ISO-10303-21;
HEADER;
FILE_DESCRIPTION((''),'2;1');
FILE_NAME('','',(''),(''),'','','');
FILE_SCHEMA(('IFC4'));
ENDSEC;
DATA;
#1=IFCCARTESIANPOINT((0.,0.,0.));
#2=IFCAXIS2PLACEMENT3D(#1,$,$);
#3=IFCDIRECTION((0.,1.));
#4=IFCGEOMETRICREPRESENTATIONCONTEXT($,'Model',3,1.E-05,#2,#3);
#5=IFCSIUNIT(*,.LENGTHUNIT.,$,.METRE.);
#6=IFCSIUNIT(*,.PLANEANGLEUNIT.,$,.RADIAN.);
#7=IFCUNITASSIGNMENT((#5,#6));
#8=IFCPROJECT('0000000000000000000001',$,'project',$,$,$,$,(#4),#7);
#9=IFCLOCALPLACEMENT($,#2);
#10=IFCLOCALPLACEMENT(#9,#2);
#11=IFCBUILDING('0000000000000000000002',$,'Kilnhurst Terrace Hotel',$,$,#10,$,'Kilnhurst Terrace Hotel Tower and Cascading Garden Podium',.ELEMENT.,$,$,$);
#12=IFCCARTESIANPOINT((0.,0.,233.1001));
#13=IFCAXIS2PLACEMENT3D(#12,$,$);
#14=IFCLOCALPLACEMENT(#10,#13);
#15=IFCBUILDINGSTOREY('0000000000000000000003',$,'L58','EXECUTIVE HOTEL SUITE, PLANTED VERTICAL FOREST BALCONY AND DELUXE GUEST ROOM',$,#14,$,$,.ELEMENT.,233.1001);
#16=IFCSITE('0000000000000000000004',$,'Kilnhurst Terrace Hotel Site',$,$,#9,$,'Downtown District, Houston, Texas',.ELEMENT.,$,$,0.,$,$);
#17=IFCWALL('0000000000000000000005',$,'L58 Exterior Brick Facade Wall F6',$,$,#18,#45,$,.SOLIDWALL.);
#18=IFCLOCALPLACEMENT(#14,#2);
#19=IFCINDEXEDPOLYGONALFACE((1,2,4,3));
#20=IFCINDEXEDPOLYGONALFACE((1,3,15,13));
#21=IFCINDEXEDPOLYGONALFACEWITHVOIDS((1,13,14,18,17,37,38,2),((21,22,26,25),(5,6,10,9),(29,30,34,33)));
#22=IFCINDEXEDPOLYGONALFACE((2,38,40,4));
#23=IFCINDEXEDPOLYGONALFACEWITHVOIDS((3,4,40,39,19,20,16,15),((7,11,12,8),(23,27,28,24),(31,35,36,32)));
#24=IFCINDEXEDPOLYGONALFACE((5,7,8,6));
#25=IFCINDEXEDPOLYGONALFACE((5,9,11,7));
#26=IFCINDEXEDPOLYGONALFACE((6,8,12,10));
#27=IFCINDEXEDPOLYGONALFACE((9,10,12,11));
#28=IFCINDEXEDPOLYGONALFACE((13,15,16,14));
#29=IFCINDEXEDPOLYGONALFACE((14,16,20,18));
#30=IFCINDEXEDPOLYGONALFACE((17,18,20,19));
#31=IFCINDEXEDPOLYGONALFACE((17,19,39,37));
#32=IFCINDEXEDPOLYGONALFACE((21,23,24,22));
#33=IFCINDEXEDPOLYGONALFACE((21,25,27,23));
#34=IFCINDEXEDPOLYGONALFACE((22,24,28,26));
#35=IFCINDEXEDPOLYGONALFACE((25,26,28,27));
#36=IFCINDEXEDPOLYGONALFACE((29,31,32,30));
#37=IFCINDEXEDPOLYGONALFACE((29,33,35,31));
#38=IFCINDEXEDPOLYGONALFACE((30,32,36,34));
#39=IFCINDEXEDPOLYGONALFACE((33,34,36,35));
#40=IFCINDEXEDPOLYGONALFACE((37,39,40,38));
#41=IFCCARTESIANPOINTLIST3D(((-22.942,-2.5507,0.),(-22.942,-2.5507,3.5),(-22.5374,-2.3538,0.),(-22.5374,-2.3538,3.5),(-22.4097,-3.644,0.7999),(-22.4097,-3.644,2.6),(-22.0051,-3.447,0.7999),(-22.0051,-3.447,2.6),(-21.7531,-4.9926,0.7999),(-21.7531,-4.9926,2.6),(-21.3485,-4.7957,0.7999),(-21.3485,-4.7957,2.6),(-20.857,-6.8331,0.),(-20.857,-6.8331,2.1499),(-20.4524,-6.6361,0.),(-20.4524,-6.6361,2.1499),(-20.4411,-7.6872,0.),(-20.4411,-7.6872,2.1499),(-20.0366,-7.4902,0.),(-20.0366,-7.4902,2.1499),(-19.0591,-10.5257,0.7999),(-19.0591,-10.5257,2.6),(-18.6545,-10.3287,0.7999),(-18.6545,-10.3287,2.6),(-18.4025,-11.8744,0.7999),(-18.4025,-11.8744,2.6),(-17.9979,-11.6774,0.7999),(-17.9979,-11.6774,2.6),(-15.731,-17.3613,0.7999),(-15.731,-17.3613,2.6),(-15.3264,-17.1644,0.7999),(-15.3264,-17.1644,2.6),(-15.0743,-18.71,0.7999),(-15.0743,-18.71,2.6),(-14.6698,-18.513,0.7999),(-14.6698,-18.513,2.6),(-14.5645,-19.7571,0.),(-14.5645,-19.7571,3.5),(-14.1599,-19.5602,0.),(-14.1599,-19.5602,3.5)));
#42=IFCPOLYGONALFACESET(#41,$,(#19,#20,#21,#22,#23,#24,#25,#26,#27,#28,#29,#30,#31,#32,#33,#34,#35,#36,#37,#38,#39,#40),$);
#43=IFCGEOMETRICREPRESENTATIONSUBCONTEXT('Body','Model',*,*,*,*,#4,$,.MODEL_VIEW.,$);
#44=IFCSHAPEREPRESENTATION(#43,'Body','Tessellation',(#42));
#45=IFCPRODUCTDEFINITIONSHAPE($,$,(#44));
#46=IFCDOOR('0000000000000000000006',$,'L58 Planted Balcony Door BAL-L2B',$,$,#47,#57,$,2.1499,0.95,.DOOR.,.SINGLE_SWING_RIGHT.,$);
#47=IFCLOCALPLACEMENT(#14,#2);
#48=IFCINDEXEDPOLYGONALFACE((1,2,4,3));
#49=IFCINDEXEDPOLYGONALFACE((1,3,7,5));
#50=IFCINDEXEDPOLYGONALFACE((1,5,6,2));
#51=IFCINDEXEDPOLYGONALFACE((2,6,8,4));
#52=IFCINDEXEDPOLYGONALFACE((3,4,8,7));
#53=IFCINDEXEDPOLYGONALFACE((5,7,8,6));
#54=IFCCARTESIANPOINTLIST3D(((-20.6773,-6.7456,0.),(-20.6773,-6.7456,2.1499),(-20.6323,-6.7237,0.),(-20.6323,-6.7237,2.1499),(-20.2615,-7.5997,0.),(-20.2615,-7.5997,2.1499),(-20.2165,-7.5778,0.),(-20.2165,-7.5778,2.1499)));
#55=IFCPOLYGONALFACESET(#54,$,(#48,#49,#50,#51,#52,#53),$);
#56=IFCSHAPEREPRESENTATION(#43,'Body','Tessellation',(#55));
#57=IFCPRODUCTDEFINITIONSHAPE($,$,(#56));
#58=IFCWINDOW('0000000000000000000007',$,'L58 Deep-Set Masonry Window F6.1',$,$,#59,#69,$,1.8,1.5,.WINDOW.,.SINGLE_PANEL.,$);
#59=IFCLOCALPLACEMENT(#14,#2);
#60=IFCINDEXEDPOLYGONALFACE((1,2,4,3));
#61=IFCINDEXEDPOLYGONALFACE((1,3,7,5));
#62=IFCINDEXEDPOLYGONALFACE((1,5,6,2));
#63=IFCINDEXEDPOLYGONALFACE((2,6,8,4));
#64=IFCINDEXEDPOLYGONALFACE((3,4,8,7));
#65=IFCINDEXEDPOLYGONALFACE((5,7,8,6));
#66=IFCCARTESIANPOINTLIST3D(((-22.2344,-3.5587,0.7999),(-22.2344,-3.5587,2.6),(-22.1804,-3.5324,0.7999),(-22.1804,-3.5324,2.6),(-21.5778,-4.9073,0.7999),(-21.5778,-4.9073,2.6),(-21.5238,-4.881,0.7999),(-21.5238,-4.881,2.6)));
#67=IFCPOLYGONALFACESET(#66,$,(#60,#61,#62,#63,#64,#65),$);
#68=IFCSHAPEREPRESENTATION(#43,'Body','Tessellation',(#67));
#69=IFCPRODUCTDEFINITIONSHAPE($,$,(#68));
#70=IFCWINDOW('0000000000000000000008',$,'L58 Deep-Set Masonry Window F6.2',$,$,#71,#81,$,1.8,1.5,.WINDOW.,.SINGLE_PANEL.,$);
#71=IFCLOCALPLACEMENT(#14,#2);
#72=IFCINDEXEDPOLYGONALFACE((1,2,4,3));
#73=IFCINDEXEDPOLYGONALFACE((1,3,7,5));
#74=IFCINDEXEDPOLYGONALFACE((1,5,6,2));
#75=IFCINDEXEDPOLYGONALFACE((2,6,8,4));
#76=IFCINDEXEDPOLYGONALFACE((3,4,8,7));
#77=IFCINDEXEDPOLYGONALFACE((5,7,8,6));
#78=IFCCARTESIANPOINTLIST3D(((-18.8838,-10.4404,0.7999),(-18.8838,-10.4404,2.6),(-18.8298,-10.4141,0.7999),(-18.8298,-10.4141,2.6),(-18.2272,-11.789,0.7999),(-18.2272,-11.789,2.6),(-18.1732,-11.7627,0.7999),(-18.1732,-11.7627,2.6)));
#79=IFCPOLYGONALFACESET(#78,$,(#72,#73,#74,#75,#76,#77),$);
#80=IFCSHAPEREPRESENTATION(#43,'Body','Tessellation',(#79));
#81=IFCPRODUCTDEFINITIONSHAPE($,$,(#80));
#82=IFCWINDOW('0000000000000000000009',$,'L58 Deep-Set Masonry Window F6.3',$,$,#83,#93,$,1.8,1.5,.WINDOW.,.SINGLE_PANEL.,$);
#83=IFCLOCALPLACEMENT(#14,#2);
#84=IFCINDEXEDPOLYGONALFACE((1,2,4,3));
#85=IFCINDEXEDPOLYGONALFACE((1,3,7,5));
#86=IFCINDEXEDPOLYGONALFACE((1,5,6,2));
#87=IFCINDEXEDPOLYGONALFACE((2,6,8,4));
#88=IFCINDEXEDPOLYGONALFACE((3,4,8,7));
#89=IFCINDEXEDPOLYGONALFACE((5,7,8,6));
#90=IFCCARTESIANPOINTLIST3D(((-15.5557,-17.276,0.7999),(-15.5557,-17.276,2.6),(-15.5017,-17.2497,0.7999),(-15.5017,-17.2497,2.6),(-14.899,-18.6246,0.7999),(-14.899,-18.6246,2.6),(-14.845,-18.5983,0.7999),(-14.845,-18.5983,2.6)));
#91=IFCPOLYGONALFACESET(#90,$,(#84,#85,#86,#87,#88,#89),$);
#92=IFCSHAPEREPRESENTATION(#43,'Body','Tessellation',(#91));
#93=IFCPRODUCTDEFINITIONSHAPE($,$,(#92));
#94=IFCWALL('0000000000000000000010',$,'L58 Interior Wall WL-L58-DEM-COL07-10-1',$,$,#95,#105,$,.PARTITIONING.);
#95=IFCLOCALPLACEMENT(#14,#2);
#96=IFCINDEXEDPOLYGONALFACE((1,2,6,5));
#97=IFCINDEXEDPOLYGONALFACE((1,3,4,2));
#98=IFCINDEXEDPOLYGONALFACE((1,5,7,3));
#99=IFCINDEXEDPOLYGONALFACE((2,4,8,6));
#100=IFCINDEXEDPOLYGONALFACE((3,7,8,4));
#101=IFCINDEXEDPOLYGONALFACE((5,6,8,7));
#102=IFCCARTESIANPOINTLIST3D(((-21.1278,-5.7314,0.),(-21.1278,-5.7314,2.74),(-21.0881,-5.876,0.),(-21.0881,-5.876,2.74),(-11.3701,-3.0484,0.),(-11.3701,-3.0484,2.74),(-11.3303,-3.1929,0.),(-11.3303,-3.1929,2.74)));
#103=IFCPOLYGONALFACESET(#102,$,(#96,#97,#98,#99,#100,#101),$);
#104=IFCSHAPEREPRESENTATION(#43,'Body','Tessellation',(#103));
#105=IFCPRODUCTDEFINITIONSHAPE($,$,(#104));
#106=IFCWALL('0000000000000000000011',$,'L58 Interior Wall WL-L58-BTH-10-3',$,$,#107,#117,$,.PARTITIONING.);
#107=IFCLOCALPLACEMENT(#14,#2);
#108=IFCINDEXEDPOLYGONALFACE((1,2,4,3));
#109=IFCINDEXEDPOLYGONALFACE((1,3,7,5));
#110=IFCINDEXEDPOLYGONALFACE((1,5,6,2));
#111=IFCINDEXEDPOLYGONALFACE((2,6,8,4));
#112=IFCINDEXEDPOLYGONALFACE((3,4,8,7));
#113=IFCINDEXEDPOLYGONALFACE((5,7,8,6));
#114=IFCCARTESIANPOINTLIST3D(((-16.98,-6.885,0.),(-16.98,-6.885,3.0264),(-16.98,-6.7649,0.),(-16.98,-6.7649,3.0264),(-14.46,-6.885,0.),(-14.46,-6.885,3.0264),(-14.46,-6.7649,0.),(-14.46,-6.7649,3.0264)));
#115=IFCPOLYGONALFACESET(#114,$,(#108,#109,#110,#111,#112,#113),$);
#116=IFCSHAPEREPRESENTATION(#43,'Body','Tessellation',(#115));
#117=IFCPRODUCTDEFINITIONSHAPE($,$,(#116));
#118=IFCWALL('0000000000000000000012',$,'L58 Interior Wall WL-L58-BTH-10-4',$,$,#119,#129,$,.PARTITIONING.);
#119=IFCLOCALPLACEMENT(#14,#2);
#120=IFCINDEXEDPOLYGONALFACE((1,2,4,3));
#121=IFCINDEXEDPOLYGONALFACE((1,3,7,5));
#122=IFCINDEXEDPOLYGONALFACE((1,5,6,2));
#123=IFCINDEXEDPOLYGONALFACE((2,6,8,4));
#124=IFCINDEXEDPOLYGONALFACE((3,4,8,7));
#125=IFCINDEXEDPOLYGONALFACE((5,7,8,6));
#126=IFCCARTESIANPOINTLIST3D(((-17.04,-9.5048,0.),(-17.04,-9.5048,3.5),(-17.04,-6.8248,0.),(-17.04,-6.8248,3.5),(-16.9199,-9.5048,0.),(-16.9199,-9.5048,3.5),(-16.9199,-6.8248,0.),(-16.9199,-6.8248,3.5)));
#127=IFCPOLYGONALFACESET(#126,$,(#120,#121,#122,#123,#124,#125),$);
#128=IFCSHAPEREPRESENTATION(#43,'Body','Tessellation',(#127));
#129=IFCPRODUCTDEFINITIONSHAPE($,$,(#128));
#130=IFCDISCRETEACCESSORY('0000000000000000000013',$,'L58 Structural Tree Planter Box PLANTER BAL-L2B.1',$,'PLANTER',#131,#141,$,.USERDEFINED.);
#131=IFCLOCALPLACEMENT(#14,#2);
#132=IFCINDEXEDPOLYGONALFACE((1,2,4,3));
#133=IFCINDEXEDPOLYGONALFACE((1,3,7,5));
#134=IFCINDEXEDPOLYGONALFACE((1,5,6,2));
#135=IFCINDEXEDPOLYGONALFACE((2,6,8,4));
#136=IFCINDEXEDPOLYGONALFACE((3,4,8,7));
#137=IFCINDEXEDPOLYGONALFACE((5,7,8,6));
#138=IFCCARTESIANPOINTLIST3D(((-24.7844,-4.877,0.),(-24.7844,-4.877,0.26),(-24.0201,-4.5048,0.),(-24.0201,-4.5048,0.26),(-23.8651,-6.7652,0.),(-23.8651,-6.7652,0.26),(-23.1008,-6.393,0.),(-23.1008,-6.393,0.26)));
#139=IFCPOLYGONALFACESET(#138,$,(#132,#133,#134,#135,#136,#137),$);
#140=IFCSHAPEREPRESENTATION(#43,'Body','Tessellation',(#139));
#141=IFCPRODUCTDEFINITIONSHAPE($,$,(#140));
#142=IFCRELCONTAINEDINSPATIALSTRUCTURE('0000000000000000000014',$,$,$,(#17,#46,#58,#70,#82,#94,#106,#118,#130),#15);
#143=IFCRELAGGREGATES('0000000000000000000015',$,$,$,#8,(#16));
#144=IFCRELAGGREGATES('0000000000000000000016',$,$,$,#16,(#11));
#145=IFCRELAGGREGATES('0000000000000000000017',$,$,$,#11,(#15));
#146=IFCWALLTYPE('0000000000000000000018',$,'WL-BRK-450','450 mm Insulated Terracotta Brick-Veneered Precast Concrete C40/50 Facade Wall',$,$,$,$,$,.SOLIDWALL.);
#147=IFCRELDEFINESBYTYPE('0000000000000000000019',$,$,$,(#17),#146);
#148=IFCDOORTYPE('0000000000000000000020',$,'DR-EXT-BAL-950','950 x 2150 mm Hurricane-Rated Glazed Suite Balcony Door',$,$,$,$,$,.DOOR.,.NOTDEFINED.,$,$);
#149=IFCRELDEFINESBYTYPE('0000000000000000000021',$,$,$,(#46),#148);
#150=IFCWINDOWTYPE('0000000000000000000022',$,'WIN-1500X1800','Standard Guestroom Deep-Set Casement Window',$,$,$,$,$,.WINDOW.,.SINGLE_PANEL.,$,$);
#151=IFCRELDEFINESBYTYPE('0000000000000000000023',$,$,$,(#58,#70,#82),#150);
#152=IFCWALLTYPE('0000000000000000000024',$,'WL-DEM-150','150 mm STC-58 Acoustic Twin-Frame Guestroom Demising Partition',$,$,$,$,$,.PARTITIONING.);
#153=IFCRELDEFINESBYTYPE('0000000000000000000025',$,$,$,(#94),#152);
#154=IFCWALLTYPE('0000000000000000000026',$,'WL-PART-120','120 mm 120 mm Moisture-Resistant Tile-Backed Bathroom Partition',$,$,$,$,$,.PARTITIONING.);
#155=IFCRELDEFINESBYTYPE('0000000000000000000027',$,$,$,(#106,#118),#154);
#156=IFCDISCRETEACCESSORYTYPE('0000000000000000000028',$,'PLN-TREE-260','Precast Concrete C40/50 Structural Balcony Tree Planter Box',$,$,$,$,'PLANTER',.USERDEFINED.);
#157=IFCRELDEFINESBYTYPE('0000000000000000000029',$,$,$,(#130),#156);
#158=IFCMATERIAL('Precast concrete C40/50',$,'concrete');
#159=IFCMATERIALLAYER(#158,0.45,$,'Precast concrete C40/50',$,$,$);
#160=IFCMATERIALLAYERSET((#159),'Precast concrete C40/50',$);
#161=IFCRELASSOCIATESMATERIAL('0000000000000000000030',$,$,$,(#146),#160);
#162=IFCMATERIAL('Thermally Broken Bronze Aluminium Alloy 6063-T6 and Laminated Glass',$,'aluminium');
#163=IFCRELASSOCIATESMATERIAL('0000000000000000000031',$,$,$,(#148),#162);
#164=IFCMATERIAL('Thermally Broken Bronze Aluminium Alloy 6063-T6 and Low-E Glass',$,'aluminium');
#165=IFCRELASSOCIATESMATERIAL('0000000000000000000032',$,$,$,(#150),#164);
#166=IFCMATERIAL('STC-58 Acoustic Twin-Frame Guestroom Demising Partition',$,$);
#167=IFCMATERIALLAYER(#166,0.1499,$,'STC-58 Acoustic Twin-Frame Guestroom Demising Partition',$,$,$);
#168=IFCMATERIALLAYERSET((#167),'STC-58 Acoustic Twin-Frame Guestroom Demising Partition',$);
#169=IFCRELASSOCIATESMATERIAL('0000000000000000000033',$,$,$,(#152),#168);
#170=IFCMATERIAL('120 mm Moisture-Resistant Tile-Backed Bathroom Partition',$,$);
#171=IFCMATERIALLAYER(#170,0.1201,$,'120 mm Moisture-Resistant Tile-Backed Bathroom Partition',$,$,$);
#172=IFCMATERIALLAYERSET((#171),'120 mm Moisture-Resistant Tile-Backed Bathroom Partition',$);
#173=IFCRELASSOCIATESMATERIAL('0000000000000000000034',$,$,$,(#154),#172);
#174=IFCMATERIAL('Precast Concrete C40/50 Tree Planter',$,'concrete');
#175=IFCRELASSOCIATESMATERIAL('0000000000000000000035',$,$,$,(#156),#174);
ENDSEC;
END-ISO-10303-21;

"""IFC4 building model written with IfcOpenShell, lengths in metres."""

from ifc_helpers import new_model, si_unit, direction, frame, frame_2d, origin, origin_2d, place, context, subcontext, project, spatial, rectangle, extrude, material, layer, layer_set, type_object, element, fill, save


model = new_model("IFC4")

# Units and contexts
model_context = context("Model", 3, precision=1e-05, world=origin(), true_north=direction((0.0, 1.0)))
body_context = subcontext(model_context, "Body", "Model", "MODEL_VIEW")
ifc_project = project(units=[si_unit("LENGTHUNIT", "METRE"), si_unit("PLANEANGLEUNIT", "RADIAN")], contexts=[model_context])

# Site, building, storey
site_placement = place(None, origin())
site = spatial("IfcSite", under=ifc_project, at=site_placement, Name="Kilnhurst Terrace Hotel Site", LongName="Downtown District, Houston, Texas", CompositionType="ELEMENT", RefElevation=0.0)
building_placement = place(site_placement, origin())
building = spatial("IfcBuilding", under=site, at=building_placement, Name="Kilnhurst Terrace Hotel", LongName="Kilnhurst Terrace Hotel Tower and Cascading Garden Podium", CompositionType="ELEMENT")
storey_placement = place(building_placement, frame((0.0, 0.0, 233.1001)))
storey = spatial("IfcBuildingStorey", under=building, at=storey_placement, Name="L58", Description="EXECUTIVE HOTEL SUITE, PLANTED VERTICAL FOREST BALCONY AND DELUXE GUEST ROOM", CompositionType="ELEMENT", Elevation=233.1001)

# Shared definitions
ifc_material_1 = material(Name="Precast concrete C40/50", Category="concrete")
ifc_layer_1 = layer(ifc_material_1, 0.45, Name="Precast concrete C40/50")
ifc_layer_set_1 = layer_set([ifc_layer_1], Name="Precast concrete C40/50")
wall_type_1 = type_object("IfcWallType", Name="WL-BRK-450", Description="450 mm Insulated Terracotta Brick-Veneered Precast Concrete C40/50 Facade Wall", PredefinedType="SOLIDWALL", material=ifc_layer_set_1)

# Wall, openings, door, windows
wall_1_placement = place(storey_placement, frame((-22.7397, -2.4521, 0.0), z_axis=(0.0, 0.0, 1.0), x_axis=(0.437753, -0.899095, 0.0)))
wall_1 = element("IfcWall", 1, at=wall_1_placement, inside=storey, type_object=wall_type_1, Name="L58 Exterior Brick Facade Wall F6", PredefinedType="SOLIDWALL", context=body_context, shape_type="SweptSolid", body=[
    extrude(rectangle(XDim=19.1375, YDim=0.45, at=frame_2d((9.5688, 0.0))), origin(), (0.0, 0.0, 1.0), 3.5),
])
opening_1_placement = place(wall_1_placement, frame((4.7629, 0.0, 0.0)))
opening_1 = element("IfcOpeningElement", 2, at=opening_1_placement, cuts=wall_1, PredefinedType="OPENING", context=body_context, shape_type="SweptSolid", body=[
    extrude(rectangle(XDim=0.95, YDim=2.1499, at=frame_2d((0.4751, 1.075))), frame((0.0, 0.2349, 0.0), z_axis=(0.0, -1.0, 0.0), x_axis=(1.0, 0.0, 0.0)), (0.0, 0.0, 1.0), 0.47),
])
opening_2_placement = place(wall_1_placement, frame((1.2161, 0.0, 0.8)))
opening_2 = element("IfcOpeningElement", 3, at=opening_2_placement, cuts=wall_1, PredefinedType="OPENING", context=body_context, shape_type="SweptSolid", body=[
    extrude(rectangle(XDim=1.5, YDim=1.8, at=frame_2d((0.75, 0.8999))), frame((0.0, 0.2349, 0.0), z_axis=(0.0, -1.0, 0.0), x_axis=(1.0, 0.0, 0.0)), (0.0, 0.0, 1.0), 0.47),
])
opening_3_placement = place(wall_1_placement, frame((8.8701, 0.0, 0.8)))
opening_3 = element("IfcOpeningElement", 4, at=opening_3_placement, cuts=wall_1, PredefinedType="OPENING", context=body_context, shape_type="SweptSolid", body=[
    extrude(rectangle(XDim=1.5, YDim=1.8, at=frame_2d((0.75, 0.8999))), frame((0.0, 0.2349, 0.0), z_axis=(0.0, -1.0, 0.0), x_axis=(1.0, 0.0, 0.0)), (0.0, 0.0, 1.0), 0.47),
])
opening_4_placement = place(wall_1_placement, frame((16.4729, 0.0, 0.8)))
opening_4 = element("IfcOpeningElement", 5, at=opening_4_placement, cuts=wall_1, PredefinedType="OPENING", context=body_context, shape_type="SweptSolid", body=[
    extrude(rectangle(XDim=1.5, YDim=1.8, at=frame_2d((0.75, 0.8999))), frame((0.0, 0.2349, 0.0), z_axis=(0.0, -1.0, 0.0), x_axis=(1.0, 0.0, 0.0)), (0.0, 0.0, 1.0), 0.47),
])
ifc_material_2 = material(Name="Thermally Broken Bronze Aluminium Alloy 6063-T6 and Laminated Glass", Category="aluminium")
door_type = type_object("IfcDoorType", Name="DR-EXT-BAL-950", Description="950 x 2150 mm Hurricane-Rated Glazed Suite Balcony Door", OperationType="NOTDEFINED", PredefinedType="DOOR", material=ifc_material_2)
door_placement = place(opening_1_placement, origin())
door = element("IfcDoor", 6, at=door_placement, inside=storey, type_object=door_type, Name="L58 Planted Balcony Door BAL-L2B", OperationType="SINGLE_SWING_RIGHT", OverallHeight=2.1499, OverallWidth=0.95, PredefinedType="DOOR", context=body_context, shape_type="SweptSolid", body=[
    extrude(rectangle(XDim=0.95, YDim=2.1499, at=frame_2d((0.4751, 1.075))), frame((0.0, 0.0249, 0.0), z_axis=(0.0, -1.0, 0.0), x_axis=(1.0, 0.0, 0.0)), (0.0, 0.0, 1.0), 0.05),
])
fill(opening_1, door)
ifc_material_3 = material(Name="Thermally Broken Bronze Aluminium Alloy 6063-T6 and Low-E Glass", Category="aluminium")
window_type = type_object("IfcWindowType", Name="WIN-1500X1800", Description="Standard Guestroom Deep-Set Casement Window", PartitioningType="SINGLE_PANEL", PredefinedType="WINDOW", material=ifc_material_3)
window_1_placement = place(opening_2_placement, origin())
window_1 = element("IfcWindow", 7, at=window_1_placement, inside=storey, type_object=window_type, Name="L58 Deep-Set Masonry Window F6.1", OverallHeight=1.8, OverallWidth=1.5, PartitioningType="SINGLE_PANEL", PredefinedType="WINDOW", context=body_context, shape_type="SweptSolid", body=[
    extrude(rectangle(XDim=1.5, YDim=1.8, at=frame_2d((0.75, 0.8999))), frame((0.0, 0.03, 0.0), z_axis=(0.0, -1.0, 0.0), x_axis=(1.0, 0.0, 0.0)), (0.0, 0.0, 1.0), 0.0601),
])
fill(opening_2, window_1)
window_2_placement = place(opening_3_placement, origin())
window_2 = element("IfcWindow", 8, at=window_2_placement, inside=storey, type_object=window_type, Name="L58 Deep-Set Masonry Window F6.2", OverallHeight=1.8, OverallWidth=1.5, PartitioningType="SINGLE_PANEL", PredefinedType="WINDOW", context=body_context, shape_type="SweptSolid", body=[
    extrude(rectangle(XDim=1.5, YDim=1.8, at=frame_2d((0.75, 0.8999))), frame((0.0, 0.03, 0.0), z_axis=(0.0, -1.0, 0.0), x_axis=(1.0, 0.0, 0.0)), (0.0, 0.0, 1.0), 0.0601),
])
fill(opening_3, window_2)
window_3_placement = place(opening_4_placement, origin())
window_3 = element("IfcWindow", 9, at=window_3_placement, inside=storey, type_object=window_type, Name="L58 Deep-Set Masonry Window F6.3", OverallHeight=1.8, OverallWidth=1.5, PartitioningType="SINGLE_PANEL", PredefinedType="WINDOW", context=body_context, shape_type="SweptSolid", body=[
    extrude(rectangle(XDim=1.5, YDim=1.8, at=frame_2d((0.75, 0.8999))), frame((0.0, 0.03, 0.0), z_axis=(0.0, -1.0, 0.0), x_axis=(1.0, 0.0, 0.0)), (0.0, 0.0, 1.0), 0.0601),
])
fill(opening_4, window_3)

# Walls
ifc_material_4 = material(Name="STC-58 Acoustic Twin-Frame Guestroom Demising Partition")
ifc_layer_2 = layer(ifc_material_4, 0.1499, Name="STC-58 Acoustic Twin-Frame Guestroom Demising Partition")
ifc_layer_set_2 = layer_set([ifc_layer_2], Name="STC-58 Acoustic Twin-Frame Guestroom Demising Partition")
wall_type_2 = type_object("IfcWallType", Name="WL-DEM-150", Description="150 mm STC-58 Acoustic Twin-Frame Guestroom Demising Partition", PredefinedType="PARTITIONING", material=ifc_layer_set_2)
wall_2_placement = place(storey_placement, frame((-11.3501, -3.1206, 0.0), z_axis=(0.0, 0.0, 1.0), x_axis=(-0.964213, -0.26513, 0.0)))
element("IfcWall", 10, at=wall_2_placement, inside=storey, type_object=wall_type_2, Name="L58 Interior Wall WL-L58-DEM-COL07-10-1", PredefinedType="PARTITIONING", context=body_context, shape_type="SweptSolid", body=[
    extrude(rectangle(XDim=10.1199, YDim=0.1499, at=frame_2d((5.0601, 0.0))), origin(), (0.0, 0.0, 1.0), 2.74),
])
ifc_material_5 = material(Name="120 mm Moisture-Resistant Tile-Backed Bathroom Partition")
ifc_layer_3 = layer(ifc_material_5, 0.1201, Name="120 mm Moisture-Resistant Tile-Backed Bathroom Partition")
ifc_layer_set_3 = layer_set([ifc_layer_3], Name="120 mm Moisture-Resistant Tile-Backed Bathroom Partition")
wall_type_3 = type_object("IfcWallType", Name="WL-PART-120", Description="120 mm 120 mm Moisture-Resistant Tile-Backed Bathroom Partition", PredefinedType="PARTITIONING", material=ifc_layer_set_3)
wall_3_placement = place(storey_placement, frame((-14.46, -6.825, 0.0), z_axis=(0.0, 0.0, 1.0), x_axis=(-1.0, 0.0, 0.0)))
element("IfcWall", 11, at=wall_3_placement, inside=storey, type_object=wall_type_3, Name="L58 Interior Wall WL-L58-BTH-10-3", PredefinedType="PARTITIONING", context=body_context, shape_type="SweptSolid", body=[
    extrude(rectangle(XDim=2.52, YDim=0.1201, at=frame_2d((1.26, 0.0))), origin(), (0.0, 0.0, 1.0), 3.0264),
])
wall_4_placement = place(storey_placement, frame((-16.98, -6.825, 0.0), z_axis=(0.0, 0.0, 1.0), x_axis=(0.0, -1.0, 0.0)))
element("IfcWall", 12, at=wall_4_placement, inside=storey, type_object=wall_type_3, Name="L58 Interior Wall WL-L58-BTH-10-4", PredefinedType="PARTITIONING", context=body_context, shape_type="SweptSolid", body=[
    extrude(rectangle(XDim=2.6799, YDim=0.1201, at=frame_2d((1.3398, 0.0))), origin(), (0.0, 0.0, 1.0), 3.5),
])

# Discrete accessory
ifc_material_6 = material(Name="Precast Concrete C40/50 Tree Planter", Category="concrete")
discrete_accessory_type = type_object("IfcDiscreteAccessoryType", Name="PLN-TREE-260", Description="Precast Concrete C40/50 Structural Balcony Tree Planter Box", ElementType="PLANTER", PredefinedType="USERDEFINED", material=ifc_material_6)
discrete_accessory_placement = place(storey_placement, frame((-23.9426, -5.635, 0.0), z_axis=(0.0, 0.0, 1.0), x_axis=(0.437744, -0.8991, 0.0)))
element("IfcDiscreteAccessory", 13, at=discrete_accessory_placement, inside=storey, type_object=discrete_accessory_type, Name="L58 Structural Tree Planter Box PLANTER BAL-L2B.1", ObjectType="PLANTER", PredefinedType="USERDEFINED", context=body_context, shape_type="SweptSolid", body=[
    extrude(rectangle(XDim=2.1001, YDim=0.8501, at=origin_2d()), origin(), (0.0, 0.0, 1.0), 0.26),
])

save(model, "model.ifc")
